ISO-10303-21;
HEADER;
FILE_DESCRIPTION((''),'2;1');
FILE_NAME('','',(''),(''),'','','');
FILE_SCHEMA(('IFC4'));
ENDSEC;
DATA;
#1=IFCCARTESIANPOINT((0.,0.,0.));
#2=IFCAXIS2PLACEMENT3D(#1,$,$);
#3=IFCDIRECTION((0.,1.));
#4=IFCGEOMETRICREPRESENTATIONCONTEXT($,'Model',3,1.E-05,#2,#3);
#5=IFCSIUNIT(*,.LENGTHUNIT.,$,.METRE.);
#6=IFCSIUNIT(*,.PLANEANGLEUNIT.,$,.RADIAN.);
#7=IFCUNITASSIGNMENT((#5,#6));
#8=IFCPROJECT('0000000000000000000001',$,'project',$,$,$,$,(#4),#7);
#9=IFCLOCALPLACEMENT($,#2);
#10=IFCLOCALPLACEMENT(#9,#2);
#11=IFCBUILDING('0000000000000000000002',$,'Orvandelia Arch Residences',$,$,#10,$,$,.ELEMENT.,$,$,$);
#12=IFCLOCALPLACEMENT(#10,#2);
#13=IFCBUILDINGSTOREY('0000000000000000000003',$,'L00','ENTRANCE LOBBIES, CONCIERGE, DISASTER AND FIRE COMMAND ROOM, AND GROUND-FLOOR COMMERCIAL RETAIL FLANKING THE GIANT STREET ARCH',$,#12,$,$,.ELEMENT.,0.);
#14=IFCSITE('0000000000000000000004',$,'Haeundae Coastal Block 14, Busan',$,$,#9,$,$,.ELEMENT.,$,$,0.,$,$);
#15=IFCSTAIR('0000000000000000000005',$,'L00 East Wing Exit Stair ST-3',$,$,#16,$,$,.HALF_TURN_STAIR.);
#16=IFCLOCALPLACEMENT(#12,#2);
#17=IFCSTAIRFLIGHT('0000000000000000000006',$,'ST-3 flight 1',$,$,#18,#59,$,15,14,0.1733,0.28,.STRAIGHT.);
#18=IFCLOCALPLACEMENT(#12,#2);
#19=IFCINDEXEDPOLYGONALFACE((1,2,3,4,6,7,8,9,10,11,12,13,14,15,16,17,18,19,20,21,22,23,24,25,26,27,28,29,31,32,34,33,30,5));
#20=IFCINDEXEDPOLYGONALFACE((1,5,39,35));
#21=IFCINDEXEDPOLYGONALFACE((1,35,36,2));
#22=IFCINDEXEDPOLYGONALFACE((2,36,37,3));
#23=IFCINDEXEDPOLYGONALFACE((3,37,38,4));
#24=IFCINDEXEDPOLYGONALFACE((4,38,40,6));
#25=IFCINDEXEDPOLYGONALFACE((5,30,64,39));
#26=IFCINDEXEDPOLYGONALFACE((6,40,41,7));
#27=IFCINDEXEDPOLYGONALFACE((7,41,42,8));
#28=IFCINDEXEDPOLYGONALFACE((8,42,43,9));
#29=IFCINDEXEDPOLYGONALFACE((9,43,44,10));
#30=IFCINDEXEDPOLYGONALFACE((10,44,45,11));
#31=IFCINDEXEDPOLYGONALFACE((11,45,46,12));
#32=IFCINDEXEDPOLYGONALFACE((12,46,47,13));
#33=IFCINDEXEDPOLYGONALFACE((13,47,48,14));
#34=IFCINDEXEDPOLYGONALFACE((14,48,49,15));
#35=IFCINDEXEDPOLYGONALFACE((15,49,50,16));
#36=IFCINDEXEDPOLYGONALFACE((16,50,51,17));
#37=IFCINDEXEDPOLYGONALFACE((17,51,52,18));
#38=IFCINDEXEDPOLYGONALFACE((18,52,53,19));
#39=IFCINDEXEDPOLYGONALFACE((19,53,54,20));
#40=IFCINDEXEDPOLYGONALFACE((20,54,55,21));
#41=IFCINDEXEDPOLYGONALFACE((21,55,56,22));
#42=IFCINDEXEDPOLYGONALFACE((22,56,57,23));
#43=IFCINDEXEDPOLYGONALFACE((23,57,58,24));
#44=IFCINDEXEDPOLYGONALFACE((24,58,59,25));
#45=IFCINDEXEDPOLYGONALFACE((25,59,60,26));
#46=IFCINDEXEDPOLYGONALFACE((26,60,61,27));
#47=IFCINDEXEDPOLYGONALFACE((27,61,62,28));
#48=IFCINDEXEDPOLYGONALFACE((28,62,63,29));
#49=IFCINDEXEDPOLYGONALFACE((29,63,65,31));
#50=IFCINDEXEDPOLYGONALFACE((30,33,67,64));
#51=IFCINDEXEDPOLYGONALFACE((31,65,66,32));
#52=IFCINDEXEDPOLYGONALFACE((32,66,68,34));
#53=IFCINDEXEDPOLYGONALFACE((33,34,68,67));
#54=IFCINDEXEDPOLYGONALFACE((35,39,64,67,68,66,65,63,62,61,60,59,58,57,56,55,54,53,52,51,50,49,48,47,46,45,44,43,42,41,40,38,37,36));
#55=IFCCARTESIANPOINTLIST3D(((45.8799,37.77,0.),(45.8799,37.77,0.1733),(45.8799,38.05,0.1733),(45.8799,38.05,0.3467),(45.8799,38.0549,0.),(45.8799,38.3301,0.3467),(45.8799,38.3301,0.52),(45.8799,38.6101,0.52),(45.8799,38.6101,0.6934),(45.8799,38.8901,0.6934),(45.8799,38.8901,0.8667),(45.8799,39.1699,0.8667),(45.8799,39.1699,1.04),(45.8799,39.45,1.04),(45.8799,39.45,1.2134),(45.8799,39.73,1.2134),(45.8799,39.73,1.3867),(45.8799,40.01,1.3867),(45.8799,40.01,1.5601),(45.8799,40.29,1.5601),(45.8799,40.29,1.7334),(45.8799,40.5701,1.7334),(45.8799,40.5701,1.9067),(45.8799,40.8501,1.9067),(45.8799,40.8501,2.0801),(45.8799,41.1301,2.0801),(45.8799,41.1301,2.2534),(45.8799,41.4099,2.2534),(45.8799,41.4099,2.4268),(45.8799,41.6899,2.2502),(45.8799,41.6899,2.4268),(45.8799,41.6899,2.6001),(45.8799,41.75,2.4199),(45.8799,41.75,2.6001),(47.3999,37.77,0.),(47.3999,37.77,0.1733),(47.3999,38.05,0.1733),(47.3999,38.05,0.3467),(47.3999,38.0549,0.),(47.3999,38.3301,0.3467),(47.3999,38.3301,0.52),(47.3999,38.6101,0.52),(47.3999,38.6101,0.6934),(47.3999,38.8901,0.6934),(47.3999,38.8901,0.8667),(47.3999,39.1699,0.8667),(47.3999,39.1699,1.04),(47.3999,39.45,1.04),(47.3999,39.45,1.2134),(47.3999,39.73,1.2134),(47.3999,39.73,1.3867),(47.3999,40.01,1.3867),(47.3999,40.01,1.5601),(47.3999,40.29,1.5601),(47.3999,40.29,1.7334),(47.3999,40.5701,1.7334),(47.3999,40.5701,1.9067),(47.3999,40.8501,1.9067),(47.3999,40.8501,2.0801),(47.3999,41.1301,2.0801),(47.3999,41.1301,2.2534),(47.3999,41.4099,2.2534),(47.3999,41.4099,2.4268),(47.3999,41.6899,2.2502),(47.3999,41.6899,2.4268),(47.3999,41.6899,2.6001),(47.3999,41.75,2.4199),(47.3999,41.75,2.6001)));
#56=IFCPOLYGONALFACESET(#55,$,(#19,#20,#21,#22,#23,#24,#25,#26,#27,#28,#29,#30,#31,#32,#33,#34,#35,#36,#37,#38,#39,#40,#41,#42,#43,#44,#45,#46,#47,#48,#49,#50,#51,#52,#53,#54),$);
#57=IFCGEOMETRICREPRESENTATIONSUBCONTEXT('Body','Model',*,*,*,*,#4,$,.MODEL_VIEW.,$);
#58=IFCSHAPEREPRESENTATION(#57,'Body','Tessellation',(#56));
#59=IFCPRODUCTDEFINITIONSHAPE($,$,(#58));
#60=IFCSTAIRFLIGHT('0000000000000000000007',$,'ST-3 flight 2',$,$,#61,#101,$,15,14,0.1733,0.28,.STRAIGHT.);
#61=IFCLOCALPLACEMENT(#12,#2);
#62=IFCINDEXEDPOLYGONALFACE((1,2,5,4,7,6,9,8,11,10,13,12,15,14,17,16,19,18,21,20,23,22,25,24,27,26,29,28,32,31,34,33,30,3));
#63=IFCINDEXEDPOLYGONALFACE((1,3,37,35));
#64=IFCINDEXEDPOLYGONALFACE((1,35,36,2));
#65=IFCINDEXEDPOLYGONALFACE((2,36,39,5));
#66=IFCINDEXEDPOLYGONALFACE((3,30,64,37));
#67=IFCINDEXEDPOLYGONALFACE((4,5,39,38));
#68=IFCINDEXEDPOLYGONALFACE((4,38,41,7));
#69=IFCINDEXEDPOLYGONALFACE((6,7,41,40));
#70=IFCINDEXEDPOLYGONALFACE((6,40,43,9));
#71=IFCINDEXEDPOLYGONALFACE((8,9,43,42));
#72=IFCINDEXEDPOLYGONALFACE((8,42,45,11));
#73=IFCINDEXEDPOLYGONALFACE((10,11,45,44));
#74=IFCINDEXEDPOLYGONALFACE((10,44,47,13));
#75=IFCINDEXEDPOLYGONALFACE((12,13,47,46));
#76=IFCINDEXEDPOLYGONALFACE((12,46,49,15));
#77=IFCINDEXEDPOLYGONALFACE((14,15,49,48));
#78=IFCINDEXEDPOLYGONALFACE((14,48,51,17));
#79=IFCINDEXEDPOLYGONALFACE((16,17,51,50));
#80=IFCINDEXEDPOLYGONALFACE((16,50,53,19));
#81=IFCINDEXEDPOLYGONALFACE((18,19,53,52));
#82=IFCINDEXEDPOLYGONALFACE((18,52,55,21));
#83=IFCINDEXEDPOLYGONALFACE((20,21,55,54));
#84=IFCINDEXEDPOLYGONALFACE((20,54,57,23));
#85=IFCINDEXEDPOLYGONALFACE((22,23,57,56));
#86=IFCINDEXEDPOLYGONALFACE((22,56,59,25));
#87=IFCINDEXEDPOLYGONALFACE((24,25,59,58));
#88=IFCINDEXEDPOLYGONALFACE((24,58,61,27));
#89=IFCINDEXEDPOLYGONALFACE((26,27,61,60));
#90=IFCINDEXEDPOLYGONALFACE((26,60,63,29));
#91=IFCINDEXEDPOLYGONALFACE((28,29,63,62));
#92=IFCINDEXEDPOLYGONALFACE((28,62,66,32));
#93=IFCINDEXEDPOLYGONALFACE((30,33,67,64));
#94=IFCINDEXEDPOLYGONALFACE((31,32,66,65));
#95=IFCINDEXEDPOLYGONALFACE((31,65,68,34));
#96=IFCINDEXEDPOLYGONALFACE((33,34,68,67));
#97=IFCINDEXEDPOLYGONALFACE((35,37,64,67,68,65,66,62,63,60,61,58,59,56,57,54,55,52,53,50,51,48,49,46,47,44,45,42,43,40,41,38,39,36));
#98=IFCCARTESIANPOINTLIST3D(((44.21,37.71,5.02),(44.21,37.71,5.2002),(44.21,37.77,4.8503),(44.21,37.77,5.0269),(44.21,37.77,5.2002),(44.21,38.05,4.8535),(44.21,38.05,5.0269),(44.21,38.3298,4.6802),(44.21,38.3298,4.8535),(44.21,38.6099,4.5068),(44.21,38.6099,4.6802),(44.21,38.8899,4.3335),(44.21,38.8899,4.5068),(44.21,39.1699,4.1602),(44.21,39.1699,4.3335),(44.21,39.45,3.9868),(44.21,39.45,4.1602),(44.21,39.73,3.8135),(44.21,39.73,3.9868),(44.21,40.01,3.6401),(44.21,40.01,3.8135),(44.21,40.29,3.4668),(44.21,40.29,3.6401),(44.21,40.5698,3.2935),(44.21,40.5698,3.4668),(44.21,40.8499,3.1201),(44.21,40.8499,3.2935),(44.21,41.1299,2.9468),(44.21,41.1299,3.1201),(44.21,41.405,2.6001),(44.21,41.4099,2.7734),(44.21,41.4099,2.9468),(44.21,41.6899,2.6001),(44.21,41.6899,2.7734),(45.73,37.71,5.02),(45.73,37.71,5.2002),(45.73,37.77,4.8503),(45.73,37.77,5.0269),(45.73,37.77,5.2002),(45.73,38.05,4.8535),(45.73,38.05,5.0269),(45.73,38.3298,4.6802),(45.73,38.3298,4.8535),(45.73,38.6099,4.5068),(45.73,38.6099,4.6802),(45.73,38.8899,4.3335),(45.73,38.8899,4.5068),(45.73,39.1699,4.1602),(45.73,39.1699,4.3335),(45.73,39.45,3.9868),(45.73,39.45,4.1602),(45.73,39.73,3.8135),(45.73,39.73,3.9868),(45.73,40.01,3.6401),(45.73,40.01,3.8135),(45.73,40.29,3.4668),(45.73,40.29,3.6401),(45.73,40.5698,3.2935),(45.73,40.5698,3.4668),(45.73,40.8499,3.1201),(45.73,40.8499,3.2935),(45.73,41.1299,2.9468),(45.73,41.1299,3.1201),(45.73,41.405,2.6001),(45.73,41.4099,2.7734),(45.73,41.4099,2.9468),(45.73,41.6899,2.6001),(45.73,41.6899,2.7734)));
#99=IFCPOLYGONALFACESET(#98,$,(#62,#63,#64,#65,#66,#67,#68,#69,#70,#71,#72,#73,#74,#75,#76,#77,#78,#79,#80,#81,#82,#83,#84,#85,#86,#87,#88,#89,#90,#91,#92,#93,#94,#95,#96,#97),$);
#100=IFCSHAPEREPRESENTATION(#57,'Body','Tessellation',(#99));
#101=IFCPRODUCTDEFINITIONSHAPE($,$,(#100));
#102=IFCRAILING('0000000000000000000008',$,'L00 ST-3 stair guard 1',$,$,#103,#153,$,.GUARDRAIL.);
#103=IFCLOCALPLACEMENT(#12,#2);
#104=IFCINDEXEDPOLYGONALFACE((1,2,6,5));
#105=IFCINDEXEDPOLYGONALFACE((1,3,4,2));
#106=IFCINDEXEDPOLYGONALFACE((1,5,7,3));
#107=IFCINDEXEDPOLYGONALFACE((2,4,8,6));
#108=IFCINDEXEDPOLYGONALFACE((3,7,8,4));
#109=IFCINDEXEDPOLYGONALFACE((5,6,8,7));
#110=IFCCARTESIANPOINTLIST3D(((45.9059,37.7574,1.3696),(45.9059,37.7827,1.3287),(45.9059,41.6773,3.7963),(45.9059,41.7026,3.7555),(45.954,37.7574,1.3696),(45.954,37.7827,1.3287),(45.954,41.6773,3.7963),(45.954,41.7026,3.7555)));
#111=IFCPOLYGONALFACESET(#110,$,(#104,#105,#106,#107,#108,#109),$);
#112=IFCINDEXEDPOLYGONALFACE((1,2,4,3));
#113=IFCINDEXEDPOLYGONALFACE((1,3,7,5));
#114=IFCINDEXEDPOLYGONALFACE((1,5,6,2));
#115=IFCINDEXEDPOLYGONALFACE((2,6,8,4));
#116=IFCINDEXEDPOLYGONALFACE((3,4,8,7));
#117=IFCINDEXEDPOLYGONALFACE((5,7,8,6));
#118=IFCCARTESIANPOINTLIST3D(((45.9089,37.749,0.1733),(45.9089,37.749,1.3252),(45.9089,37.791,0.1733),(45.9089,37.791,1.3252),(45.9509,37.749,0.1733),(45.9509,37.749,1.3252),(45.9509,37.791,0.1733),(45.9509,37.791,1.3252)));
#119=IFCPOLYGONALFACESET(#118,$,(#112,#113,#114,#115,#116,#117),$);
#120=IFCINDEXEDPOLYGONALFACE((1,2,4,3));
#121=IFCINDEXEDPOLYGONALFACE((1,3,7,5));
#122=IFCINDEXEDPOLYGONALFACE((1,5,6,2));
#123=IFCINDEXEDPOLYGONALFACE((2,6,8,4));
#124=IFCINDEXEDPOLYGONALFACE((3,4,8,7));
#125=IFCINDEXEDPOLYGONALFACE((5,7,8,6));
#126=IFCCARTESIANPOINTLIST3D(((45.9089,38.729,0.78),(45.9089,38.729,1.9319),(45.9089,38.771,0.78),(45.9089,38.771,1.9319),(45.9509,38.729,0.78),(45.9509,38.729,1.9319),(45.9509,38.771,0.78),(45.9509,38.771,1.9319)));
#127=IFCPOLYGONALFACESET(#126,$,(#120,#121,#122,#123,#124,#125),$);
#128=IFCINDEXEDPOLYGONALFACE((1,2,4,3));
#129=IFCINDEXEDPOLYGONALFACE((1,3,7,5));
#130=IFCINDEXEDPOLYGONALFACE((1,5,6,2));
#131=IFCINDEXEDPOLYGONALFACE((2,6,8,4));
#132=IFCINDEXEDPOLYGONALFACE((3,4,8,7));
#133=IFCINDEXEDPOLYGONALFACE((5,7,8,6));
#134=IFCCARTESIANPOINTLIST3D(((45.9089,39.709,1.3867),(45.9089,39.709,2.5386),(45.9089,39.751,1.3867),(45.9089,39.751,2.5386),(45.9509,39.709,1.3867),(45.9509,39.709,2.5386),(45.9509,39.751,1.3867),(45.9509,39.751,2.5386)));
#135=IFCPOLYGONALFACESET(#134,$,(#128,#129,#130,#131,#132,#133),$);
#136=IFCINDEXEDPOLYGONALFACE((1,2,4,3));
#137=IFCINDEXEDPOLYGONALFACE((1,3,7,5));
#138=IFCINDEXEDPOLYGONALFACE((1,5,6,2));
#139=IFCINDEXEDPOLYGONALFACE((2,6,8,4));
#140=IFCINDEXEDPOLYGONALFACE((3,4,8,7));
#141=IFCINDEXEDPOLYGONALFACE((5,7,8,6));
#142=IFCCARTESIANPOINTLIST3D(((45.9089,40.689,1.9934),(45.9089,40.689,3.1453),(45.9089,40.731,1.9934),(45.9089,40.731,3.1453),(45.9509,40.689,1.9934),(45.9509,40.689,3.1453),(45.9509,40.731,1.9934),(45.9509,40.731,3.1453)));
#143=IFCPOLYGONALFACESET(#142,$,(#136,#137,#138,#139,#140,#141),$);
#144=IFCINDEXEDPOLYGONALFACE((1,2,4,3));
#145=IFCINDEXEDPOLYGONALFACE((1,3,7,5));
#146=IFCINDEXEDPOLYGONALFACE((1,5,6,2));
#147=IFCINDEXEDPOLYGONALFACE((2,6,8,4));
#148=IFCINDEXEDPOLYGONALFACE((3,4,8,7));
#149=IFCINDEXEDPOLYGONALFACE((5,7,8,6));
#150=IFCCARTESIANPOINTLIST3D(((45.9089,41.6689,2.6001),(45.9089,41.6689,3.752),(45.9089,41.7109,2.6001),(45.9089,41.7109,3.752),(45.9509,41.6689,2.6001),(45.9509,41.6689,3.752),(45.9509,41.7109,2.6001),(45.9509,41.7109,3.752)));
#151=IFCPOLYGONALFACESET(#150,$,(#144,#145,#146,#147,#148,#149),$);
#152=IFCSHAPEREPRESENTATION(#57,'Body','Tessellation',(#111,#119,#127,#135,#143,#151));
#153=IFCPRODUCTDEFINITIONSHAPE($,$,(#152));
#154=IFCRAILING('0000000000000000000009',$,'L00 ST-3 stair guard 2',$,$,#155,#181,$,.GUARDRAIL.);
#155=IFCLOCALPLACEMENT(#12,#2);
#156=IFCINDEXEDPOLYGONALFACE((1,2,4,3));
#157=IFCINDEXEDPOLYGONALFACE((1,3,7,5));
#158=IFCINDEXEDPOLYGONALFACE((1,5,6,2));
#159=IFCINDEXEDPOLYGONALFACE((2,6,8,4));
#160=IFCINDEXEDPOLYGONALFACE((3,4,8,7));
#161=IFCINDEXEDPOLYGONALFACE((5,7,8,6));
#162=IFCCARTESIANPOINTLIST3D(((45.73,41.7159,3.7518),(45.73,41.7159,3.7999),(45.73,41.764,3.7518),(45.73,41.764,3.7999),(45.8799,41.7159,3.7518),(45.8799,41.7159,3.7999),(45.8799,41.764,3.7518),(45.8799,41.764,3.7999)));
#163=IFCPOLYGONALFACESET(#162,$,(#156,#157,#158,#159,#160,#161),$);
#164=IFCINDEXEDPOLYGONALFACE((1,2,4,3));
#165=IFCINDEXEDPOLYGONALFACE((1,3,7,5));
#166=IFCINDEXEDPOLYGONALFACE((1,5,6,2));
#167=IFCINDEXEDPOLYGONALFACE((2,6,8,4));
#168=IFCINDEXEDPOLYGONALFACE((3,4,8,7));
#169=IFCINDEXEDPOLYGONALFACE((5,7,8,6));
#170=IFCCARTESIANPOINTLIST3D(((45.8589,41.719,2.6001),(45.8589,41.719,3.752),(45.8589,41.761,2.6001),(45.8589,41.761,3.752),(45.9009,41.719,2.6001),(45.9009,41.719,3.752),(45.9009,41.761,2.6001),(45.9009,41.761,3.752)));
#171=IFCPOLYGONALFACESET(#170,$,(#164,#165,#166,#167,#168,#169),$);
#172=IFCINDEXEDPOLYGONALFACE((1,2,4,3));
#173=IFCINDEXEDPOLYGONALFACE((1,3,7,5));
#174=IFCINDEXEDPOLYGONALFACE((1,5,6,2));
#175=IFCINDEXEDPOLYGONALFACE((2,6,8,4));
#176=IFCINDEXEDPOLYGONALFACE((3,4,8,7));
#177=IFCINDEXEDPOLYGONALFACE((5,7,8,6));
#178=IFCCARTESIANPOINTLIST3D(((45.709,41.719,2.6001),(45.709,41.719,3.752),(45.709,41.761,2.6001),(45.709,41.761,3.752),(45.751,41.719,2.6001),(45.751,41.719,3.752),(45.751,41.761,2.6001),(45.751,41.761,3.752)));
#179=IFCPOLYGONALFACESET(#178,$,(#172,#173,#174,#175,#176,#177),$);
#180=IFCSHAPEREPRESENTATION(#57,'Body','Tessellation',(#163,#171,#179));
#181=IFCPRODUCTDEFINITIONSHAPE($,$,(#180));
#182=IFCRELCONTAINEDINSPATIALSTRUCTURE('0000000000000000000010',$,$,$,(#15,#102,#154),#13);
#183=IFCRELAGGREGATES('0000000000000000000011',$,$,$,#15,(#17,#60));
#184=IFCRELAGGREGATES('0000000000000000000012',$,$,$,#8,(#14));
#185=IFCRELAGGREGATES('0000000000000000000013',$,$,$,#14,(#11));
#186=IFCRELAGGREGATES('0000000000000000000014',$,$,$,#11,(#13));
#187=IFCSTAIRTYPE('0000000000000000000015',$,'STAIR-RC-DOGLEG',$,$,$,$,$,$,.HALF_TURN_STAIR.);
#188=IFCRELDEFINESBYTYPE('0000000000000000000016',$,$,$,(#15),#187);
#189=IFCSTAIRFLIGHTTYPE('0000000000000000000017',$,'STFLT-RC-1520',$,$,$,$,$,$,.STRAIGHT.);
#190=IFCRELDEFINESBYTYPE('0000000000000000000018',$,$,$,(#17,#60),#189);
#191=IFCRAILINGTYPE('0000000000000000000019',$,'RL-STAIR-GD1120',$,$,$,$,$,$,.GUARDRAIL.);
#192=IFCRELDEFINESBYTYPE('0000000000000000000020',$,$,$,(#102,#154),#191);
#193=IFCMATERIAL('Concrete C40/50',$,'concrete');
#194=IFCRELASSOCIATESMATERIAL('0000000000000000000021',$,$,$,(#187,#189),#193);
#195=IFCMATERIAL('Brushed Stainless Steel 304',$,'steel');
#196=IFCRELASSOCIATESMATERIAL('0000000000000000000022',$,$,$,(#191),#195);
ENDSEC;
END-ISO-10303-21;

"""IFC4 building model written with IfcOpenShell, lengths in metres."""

from ifc_helpers import new_model, si_unit, direction, frame, origin, origin_2d, place, context, subcontext, project, spatial, polyline, rectangle, outline, extrude, material, type_object, element, aggregate, save


model = new_model("IFC4")

# Units and contexts
model_context = context("Model", 3, precision=1e-05, world=origin(), true_north=direction((0.0, 1.0)))
body_context = subcontext(model_context, "Body", "Model", "MODEL_VIEW")
ifc_project = project(units=[si_unit("LENGTHUNIT", "METRE"), si_unit("PLANEANGLEUNIT", "RADIAN")], contexts=[model_context])

# Site, building, storey
site_placement = place(None, origin())
site = spatial("IfcSite", under=ifc_project, at=site_placement, Name="Haeundae Coastal Block 14, Busan", CompositionType="ELEMENT", RefElevation=0.0)
building_placement = place(site_placement, origin())
building = spatial("IfcBuilding", under=site, at=building_placement, Name="Orvandelia Arch Residences", CompositionType="ELEMENT")
storey_placement = place(building_placement, origin())
storey = spatial("IfcBuildingStorey", under=building, at=storey_placement, Name="L00", Description="ENTRANCE LOBBIES, CONCIERGE, DISASTER AND FIRE COMMAND ROOM, AND GROUND-FLOOR COMMERCIAL RETAIL FLANKING THE GIANT STREET ARCH", CompositionType="ELEMENT", Elevation=0.0)

# Stair, stair flights
ifc_material_1 = material(Name="Concrete C40/50", Category="concrete")
stair_type = type_object("IfcStairType", Name="STAIR-RC-DOGLEG", PredefinedType="HALF_TURN_STAIR", material=ifc_material_1)
stair_placement = place(storey_placement, origin())
stair = element("IfcStair", 1, at=stair_placement, inside=storey, type_object=stair_type, Name="L00 East Wing Exit Stair ST-3", PredefinedType="HALF_TURN_STAIR")
stair_flight_type = type_object("IfcStairFlightType", Name="STFLT-RC-1520", PredefinedType="STRAIGHT", material=ifc_material_1)
stair_flight_1_placement = place(storey_placement, frame((46.6399, 37.77, 0.0), z_axis=(0.0, 0.0, 1.0), x_axis=(0.0, 1.0, 0.0)))
stair_flight_1 = element("IfcStairFlight", 2, at=stair_flight_1_placement, type_object=stair_flight_type, Name="ST-3 flight 1", NumberOfRisers=15, NumberOfTreads=14, PredefinedType="STRAIGHT", RiserHeight=0.1733, TreadLength=0.28, context=body_context, shape_type="SweptSolid", body=[
    extrude(outline(polyline([(0.0, 0.0), (0.0, 0.1733), (0.28, 0.1733), (0.28, 0.3467), (0.5601, 0.3467), (0.5601, 0.52), (0.8401, 0.52), (0.8401, 0.6934), (1.1201, 0.6934), (1.1201, 0.8667), (1.3999, 0.8667), (1.3999, 1.04), (1.6799, 1.04), (1.6799, 1.2134), (1.96, 1.2134), (1.96, 1.3867), (2.24, 1.3867), (2.24, 1.5601), (2.52, 1.5601), (2.52, 1.7334), (2.8, 1.7334), (2.8, 1.9067), (3.0801, 1.9067), (3.0801, 2.0801), (3.3601, 2.0801), (3.3601, 2.2534), (3.6399, 2.2534), (3.6399, 2.4268), (3.9199, 2.4268), (3.9199, 2.6001), (3.98, 2.6001), (3.98, 2.4199), (3.9199, 2.2502), (0.2849, 0.0), (0.0, 0.0)])), frame((0.0, 0.76, 0.0), z_axis=(0.0, -1.0, 0.0), x_axis=(1.0, 0.0, 0.0)), (0.0, 0.0, 1.0), 1.52),
])
stair_flight_2_placement = place(storey_placement, frame((44.97, 41.6899, 2.6001), z_axis=(0.0, 0.0, 1.0), x_axis=(0.0, -1.0, 0.0)))
stair_flight_2 = element("IfcStairFlight", 3, at=stair_flight_2_placement, type_object=stair_flight_type, Name="ST-3 flight 2", NumberOfRisers=15, NumberOfTreads=14, PredefinedType="STRAIGHT", RiserHeight=0.1733, TreadLength=0.28, context=body_context, shape_type="SweptSolid", body=[
    extrude(outline(polyline([(0.0, 0.0), (0.0, 0.1733), (0.28, 0.1733), (0.28, 0.3467), (0.5601, 0.3467), (0.5601, 0.52), (0.8401, 0.52), (0.8401, 0.6934), (1.1201, 0.6934), (1.1201, 0.8667), (1.3999, 0.8667), (1.3999, 1.04), (1.6799, 1.04), (1.6799, 1.2134), (1.96, 1.2134), (1.96, 1.3867), (2.24, 1.3867), (2.24, 1.5601), (2.52, 1.5601), (2.52, 1.7334), (2.8, 1.7334), (2.8, 1.9067), (3.0801, 1.9067), (3.0801, 2.0801), (3.3601, 2.0801), (3.3601, 2.2534), (3.6399, 2.2534), (3.6399, 2.4268), (3.9199, 2.4268), (3.9199, 2.6001), (3.98, 2.6001), (3.98, 2.4199), (3.9199, 2.2502), (0.2849, 0.0), (0.0, 0.0)])), frame((0.0, 0.76, 0.0), z_axis=(0.0, -1.0, 0.0), x_axis=(1.0, 0.0, 0.0)), (0.0, 0.0, 1.0), 1.52),
])
aggregate(stair, [stair_flight_1, stair_flight_2])

# Railings
ifc_material_2 = material(Name="Brushed Stainless Steel 304", Category="steel")
railing_type_1 = type_object("IfcRailingType", Name="RL-STAIR-GD1120", PredefinedType="GUARDRAIL", material=ifc_material_2)
railing_1_placement = place(storey_placement, frame((45.9299, 37.77, 0.1733)))
element("IfcRailing", 4, at=railing_1_placement, inside=storey, type_object=railing_type_1, Name="L00 ST-3 stair guard 1", PredefinedType="GUARDRAIL", context=body_context, shape_type="SweptSolid", body=[
    extrude(rectangle(XDim=0.0481, YDim=0.0481, at=origin_2d()), frame((0.0, 0.0, 1.1758), z_axis=(0.0, 0.850252, 0.526376), x_axis=(-1.0, 0.0, 0.0)), (0.0, 0.0, 1.0), 4.6104),
    extrude(rectangle(XDim=0.042, YDim=0.042, at=origin_2d()), origin(), (0.0, 0.0, 1.0), 1.1519),
    extrude(rectangle(XDim=0.042, YDim=0.042, at=origin_2d()), frame((0.0, 0.98, 0.6067)), (0.0, 0.0, 1.0), 1.1519),
    extrude(rectangle(XDim=0.042, YDim=0.042, at=origin_2d()), frame((0.0, 1.96, 1.2134)), (0.0, 0.0, 1.0), 1.1519),
    extrude(rectangle(XDim=0.042, YDim=0.042, at=origin_2d()), frame((0.0, 2.9399, 1.8201)), (0.0, 0.0, 1.0), 1.1519),
    extrude(rectangle(XDim=0.042, YDim=0.042, at=origin_2d()), frame((0.0, 3.9199, 2.4268)), (0.0, 0.0, 1.0), 1.1519),
])
railing_2_placement = place(storey_placement, frame((45.8799, 41.74, 2.6001)))
element("IfcRailing", 5, at=railing_2_placement, inside=storey, type_object=railing_type_1, Name="L00 ST-3 stair guard 2", PredefinedType="GUARDRAIL", context=body_context, shape_type="SweptSolid", body=[
    extrude(rectangle(XDim=0.0481, YDim=0.0481, at=origin_2d()), frame((0.0, 0.0, 1.1758), z_axis=(-1.0, 0.0, 0.0), x_axis=(0.0, -1.0, 0.0)), (0.0, 0.0, 1.0), 0.1499),
    extrude(rectangle(XDim=0.042, YDim=0.042, at=origin_2d()), origin(), (0.0, 0.0, 1.0), 1.1519),
    extrude(rectangle(XDim=0.042, YDim=0.042, at=origin_2d()), frame((-0.1499, 0.0, 0.0)), (0.0, 0.0, 1.0), 1.1519),
])

save(model, "model.ifc")
